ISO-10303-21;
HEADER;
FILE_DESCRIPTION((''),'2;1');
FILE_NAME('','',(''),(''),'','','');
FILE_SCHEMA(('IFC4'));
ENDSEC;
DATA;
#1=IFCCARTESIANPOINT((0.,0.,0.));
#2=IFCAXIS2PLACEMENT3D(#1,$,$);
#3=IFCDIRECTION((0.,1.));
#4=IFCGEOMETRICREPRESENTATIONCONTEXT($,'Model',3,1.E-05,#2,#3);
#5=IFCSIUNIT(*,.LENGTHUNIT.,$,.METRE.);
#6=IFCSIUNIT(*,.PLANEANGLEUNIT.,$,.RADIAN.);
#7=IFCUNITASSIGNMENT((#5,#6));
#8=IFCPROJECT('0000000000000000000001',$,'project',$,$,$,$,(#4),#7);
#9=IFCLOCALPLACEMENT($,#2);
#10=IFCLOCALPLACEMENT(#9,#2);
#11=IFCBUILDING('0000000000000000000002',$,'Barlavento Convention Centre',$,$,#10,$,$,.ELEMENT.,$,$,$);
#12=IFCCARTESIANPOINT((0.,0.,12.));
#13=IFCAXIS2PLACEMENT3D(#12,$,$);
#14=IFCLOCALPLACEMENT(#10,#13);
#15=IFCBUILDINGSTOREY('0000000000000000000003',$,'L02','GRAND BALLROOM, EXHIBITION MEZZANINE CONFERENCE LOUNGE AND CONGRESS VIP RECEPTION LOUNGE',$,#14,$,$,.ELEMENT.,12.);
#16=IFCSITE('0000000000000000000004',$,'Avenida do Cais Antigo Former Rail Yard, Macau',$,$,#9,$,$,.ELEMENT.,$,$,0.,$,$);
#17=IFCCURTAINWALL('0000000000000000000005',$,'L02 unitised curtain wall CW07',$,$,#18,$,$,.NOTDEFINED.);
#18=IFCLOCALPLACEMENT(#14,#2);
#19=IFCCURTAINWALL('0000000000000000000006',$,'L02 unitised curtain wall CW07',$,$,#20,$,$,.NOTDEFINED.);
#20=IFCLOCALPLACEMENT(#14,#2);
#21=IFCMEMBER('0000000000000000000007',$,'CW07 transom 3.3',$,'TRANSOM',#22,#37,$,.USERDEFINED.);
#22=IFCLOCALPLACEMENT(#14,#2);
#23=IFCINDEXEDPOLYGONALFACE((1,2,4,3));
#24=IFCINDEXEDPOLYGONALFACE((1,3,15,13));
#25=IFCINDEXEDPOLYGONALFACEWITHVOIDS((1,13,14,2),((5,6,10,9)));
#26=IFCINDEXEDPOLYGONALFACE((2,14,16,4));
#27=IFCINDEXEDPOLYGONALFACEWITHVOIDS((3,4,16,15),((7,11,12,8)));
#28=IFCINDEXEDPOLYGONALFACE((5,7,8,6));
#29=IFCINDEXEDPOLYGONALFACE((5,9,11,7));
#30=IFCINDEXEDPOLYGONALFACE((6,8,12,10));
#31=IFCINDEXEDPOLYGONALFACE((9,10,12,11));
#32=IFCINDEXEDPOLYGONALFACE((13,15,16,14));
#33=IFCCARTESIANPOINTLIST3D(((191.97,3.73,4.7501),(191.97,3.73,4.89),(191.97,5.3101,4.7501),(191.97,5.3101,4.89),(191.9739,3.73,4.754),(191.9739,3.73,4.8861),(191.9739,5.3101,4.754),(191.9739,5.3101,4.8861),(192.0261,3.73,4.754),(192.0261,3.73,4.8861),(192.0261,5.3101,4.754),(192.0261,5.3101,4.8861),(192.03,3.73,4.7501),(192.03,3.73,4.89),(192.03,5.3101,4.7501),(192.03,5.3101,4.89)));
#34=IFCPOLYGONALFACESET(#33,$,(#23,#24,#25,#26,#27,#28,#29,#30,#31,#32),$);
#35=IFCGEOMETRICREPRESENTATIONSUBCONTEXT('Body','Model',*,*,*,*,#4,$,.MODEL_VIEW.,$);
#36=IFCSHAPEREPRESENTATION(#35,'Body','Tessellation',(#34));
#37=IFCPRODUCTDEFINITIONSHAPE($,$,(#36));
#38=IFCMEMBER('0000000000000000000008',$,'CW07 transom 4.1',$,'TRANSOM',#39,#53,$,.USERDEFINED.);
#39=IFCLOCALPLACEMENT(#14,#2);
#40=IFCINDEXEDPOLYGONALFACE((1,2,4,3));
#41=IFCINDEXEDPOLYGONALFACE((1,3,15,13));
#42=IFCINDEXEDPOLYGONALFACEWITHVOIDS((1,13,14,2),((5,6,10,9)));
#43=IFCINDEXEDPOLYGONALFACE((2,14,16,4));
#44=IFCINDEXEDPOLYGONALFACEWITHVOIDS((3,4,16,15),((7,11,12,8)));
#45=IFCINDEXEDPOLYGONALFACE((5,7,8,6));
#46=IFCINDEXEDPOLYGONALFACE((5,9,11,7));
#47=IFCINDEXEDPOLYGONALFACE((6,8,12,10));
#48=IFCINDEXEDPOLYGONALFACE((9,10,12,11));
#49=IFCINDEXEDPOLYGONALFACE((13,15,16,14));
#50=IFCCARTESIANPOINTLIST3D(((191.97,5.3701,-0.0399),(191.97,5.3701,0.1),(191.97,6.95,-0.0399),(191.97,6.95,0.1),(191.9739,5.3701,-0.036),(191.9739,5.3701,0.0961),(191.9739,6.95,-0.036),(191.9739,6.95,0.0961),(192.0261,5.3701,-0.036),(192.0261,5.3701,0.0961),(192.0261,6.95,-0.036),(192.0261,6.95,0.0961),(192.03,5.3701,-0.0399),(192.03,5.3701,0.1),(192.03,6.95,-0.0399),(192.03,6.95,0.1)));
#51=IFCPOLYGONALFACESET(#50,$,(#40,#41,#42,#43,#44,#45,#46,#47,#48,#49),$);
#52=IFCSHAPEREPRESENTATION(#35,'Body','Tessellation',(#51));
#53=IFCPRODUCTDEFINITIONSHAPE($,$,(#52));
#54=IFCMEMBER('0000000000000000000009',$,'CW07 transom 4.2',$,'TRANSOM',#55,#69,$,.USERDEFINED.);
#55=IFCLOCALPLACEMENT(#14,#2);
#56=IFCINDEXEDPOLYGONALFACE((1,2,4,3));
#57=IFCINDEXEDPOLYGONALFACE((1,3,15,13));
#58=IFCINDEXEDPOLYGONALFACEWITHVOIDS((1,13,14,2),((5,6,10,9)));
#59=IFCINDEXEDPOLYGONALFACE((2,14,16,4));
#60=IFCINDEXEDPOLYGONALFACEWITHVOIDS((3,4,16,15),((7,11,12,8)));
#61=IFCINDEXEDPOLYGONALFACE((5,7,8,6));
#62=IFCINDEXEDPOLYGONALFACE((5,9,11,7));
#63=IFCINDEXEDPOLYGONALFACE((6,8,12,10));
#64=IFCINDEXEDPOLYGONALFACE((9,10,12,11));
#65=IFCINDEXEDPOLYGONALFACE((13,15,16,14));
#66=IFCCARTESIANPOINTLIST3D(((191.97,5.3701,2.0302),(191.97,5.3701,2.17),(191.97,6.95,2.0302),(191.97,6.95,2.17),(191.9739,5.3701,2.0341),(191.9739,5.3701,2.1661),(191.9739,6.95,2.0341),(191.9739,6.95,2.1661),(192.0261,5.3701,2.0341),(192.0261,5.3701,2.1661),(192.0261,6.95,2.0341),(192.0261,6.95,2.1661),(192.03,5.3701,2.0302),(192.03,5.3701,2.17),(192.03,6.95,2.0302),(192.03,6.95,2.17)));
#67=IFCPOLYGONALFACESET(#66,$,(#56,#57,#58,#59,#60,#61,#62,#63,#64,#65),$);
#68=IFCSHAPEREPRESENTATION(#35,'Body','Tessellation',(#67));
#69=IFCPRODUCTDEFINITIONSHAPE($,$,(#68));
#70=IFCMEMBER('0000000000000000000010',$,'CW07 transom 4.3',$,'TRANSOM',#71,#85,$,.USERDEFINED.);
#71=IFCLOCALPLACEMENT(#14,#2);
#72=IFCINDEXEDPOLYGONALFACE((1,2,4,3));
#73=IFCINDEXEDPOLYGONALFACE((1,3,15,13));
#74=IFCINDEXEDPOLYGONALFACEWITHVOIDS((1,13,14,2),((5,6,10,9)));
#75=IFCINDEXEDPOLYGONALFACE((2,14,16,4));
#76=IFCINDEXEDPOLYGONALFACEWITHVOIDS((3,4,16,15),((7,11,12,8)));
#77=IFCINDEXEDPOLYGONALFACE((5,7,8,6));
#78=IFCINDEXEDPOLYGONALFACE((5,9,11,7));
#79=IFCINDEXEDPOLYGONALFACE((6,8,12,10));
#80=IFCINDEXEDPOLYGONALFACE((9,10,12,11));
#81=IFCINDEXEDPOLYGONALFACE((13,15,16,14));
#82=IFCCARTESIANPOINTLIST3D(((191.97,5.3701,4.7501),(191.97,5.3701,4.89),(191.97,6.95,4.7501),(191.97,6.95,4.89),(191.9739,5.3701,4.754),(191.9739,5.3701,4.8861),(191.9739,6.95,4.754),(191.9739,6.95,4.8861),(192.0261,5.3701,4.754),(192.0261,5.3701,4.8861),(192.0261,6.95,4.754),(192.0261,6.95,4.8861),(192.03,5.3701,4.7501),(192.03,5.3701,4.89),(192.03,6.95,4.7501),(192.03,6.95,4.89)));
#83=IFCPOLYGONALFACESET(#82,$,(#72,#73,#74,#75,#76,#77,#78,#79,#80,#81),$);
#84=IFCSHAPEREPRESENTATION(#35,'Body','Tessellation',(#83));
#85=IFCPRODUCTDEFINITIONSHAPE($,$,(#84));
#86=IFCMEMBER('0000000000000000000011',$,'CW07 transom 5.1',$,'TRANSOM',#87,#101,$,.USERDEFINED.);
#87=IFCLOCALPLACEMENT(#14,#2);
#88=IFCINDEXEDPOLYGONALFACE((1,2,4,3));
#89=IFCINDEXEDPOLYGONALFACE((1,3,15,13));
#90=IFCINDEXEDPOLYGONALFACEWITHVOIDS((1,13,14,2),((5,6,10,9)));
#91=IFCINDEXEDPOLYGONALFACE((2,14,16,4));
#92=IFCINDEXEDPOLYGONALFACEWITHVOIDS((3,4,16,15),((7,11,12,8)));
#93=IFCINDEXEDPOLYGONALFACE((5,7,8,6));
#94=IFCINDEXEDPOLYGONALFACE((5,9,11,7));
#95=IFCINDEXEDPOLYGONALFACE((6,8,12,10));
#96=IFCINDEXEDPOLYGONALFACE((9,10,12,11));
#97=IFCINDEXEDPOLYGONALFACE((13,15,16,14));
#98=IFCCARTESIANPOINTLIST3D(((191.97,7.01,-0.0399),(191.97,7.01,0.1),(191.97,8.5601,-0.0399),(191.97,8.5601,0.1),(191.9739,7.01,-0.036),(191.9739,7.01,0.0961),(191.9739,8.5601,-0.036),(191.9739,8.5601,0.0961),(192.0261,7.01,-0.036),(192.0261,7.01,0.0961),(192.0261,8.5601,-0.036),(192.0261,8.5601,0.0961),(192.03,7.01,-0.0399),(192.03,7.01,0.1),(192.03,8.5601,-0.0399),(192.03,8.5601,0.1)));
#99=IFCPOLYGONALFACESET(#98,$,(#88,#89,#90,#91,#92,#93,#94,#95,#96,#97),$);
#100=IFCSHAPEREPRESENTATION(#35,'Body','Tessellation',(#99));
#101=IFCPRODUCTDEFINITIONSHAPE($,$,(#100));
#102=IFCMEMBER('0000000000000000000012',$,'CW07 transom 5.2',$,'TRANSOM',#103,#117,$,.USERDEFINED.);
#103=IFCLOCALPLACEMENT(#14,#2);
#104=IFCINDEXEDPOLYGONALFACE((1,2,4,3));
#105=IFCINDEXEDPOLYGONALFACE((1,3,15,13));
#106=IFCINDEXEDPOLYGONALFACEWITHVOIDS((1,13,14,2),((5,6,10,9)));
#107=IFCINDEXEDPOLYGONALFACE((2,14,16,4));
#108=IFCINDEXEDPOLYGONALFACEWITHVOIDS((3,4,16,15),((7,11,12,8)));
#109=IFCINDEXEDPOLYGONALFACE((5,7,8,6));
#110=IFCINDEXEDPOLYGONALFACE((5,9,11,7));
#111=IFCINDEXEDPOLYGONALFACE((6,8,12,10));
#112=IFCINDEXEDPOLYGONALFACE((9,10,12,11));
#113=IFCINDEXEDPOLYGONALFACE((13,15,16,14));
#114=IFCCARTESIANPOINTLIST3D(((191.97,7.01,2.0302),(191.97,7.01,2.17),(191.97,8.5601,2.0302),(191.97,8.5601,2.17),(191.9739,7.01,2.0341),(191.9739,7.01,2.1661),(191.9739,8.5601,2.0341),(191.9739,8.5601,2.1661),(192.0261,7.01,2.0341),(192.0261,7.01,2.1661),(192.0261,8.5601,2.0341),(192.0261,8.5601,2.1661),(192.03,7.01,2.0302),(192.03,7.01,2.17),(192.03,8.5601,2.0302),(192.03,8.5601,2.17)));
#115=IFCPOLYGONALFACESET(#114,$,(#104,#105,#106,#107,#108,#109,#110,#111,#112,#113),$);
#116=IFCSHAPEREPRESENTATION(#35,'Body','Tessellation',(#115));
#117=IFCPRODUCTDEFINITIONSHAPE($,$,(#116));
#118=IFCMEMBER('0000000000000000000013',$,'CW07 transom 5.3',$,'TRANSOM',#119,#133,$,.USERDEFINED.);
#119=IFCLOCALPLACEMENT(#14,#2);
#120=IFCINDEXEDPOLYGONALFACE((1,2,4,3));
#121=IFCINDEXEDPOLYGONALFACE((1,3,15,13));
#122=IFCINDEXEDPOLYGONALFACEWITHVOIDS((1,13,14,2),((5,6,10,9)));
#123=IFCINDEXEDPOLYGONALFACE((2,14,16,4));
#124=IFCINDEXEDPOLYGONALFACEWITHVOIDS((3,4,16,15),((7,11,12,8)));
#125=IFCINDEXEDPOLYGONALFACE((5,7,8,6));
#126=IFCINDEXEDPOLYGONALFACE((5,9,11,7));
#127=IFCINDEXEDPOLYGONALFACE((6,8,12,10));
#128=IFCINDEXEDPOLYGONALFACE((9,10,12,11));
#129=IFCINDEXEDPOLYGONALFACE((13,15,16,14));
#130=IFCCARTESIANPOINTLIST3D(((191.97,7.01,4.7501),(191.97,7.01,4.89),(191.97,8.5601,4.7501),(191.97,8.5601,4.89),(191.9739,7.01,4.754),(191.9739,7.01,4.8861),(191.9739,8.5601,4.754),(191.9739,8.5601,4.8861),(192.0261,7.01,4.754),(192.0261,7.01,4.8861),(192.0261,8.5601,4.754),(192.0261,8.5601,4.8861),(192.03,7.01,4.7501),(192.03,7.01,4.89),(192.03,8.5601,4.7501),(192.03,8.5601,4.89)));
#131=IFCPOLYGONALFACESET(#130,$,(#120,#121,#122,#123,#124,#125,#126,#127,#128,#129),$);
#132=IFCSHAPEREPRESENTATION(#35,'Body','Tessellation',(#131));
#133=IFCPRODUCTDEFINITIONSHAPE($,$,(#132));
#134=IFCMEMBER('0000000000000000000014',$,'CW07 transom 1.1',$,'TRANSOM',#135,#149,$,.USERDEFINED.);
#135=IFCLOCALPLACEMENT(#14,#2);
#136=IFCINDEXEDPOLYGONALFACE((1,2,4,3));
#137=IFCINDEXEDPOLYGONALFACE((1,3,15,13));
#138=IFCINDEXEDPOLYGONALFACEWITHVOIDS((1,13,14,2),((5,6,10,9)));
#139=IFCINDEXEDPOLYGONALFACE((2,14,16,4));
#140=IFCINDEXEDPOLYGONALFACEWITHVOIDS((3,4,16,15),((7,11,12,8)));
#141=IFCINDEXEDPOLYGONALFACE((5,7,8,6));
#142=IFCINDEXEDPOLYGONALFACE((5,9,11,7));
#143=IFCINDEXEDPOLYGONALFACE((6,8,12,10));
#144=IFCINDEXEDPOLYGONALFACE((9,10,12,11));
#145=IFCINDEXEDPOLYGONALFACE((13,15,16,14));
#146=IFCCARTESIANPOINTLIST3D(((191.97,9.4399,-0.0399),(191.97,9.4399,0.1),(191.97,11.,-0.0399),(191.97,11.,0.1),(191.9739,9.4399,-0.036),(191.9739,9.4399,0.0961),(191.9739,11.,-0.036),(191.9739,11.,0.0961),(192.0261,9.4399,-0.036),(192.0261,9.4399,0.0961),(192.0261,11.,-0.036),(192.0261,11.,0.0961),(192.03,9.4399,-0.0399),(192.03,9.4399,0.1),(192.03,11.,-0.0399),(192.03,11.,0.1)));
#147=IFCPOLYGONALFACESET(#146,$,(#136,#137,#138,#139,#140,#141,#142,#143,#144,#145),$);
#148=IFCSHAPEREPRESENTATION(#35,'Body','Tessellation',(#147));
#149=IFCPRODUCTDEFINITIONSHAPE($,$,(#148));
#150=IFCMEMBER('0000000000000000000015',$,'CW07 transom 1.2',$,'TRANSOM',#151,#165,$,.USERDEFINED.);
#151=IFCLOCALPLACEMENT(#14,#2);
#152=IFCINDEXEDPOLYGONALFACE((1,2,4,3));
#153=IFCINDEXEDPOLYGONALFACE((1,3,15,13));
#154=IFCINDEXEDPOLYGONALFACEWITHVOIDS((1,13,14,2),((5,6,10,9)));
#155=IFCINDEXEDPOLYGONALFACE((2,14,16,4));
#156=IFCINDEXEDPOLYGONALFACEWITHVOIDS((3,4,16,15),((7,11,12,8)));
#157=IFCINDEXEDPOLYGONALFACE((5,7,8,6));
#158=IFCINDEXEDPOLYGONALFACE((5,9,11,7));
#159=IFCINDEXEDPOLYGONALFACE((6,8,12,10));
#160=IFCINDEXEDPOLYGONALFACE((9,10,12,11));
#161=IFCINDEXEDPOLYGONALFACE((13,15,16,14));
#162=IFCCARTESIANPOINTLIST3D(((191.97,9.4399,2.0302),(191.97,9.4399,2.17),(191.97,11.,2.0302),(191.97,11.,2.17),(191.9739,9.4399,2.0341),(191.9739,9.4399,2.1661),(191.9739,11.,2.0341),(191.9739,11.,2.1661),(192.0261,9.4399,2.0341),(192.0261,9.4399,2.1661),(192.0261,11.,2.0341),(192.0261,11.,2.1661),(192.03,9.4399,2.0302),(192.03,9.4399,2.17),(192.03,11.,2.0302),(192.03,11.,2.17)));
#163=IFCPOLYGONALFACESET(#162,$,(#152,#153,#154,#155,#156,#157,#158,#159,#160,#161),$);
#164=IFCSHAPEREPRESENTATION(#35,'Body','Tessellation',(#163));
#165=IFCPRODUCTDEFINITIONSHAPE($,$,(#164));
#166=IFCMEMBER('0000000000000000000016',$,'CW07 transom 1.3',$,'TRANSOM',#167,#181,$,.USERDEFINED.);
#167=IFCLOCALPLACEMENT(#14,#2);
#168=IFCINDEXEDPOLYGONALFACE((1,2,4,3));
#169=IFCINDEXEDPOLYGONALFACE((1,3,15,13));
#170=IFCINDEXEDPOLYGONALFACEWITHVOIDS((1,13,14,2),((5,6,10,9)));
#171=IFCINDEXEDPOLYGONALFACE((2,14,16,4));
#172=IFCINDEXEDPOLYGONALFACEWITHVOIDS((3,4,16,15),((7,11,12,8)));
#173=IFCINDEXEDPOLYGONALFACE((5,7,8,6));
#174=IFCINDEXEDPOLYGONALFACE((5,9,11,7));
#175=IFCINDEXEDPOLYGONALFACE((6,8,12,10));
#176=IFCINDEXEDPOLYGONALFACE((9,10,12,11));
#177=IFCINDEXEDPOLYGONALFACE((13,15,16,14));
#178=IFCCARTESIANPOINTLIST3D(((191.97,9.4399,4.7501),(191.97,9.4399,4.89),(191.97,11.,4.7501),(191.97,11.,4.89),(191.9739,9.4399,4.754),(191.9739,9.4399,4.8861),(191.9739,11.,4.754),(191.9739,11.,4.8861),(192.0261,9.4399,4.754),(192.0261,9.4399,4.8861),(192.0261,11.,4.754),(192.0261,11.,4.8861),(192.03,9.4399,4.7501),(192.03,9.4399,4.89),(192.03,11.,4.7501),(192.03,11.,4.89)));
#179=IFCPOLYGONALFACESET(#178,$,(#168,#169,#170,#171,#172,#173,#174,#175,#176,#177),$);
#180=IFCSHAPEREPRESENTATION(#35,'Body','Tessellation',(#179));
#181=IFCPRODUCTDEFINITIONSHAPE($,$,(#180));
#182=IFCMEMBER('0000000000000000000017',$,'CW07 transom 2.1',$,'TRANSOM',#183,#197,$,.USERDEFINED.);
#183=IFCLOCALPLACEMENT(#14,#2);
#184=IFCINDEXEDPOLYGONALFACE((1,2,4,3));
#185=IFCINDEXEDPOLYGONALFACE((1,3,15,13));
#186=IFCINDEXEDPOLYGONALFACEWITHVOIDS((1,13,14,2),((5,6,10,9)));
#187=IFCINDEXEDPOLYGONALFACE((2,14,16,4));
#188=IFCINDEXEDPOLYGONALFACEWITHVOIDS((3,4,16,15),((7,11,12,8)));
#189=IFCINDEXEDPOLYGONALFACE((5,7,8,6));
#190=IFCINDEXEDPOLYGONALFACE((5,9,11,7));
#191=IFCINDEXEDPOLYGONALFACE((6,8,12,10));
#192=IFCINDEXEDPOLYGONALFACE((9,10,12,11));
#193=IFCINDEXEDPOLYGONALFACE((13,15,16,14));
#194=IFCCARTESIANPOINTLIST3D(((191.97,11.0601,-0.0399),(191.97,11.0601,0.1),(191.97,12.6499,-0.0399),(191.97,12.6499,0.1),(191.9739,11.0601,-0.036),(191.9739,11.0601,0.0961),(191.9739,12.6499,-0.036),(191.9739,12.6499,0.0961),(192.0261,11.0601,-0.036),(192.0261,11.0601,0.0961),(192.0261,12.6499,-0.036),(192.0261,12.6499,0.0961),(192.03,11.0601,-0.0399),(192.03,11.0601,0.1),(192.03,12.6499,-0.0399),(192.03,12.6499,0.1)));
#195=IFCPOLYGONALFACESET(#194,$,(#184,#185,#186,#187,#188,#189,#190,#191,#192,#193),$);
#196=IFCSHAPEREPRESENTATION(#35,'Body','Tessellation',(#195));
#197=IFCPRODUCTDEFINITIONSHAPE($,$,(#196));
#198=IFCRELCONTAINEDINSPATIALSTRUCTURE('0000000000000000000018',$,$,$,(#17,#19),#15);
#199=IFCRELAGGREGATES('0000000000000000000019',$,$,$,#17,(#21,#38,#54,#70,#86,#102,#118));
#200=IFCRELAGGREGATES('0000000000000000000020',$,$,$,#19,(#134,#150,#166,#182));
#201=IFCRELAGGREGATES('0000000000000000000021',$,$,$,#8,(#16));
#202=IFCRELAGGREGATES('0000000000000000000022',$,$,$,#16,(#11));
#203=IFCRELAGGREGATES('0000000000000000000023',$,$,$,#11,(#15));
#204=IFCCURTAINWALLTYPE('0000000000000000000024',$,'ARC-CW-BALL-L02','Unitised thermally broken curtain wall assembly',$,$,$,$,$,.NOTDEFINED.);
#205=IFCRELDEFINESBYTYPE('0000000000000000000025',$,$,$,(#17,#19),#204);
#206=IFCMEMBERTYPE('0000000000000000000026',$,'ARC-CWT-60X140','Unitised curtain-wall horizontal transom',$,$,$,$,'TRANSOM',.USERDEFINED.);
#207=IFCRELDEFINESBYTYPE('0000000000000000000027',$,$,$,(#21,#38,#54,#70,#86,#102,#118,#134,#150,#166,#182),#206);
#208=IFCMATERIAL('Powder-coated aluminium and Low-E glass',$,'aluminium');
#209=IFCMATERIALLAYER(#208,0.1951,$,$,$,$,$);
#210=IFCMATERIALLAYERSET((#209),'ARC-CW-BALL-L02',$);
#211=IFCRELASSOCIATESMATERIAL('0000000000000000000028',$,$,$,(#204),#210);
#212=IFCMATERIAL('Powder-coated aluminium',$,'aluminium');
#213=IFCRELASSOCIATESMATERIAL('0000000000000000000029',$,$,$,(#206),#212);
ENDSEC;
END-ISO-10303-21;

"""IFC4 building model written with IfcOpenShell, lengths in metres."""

from ifc_helpers import new_model, si_unit, direction, frame, origin, origin_2d, place, context, subcontext, project, spatial, hollow_rectangle, extrude, material, layer, layer_set, material_profile, profile_set, type_object, element, aggregate, save


model = new_model("IFC4")

# Units and contexts
model_context = context("Model", 3, precision=1e-05, world=origin(), true_north=direction((0.0, 1.0)))
body_context = subcontext(model_context, "Body", "Model", "MODEL_VIEW")
ifc_project = project(units=[si_unit("LENGTHUNIT", "METRE"), si_unit("PLANEANGLEUNIT", "RADIAN")], contexts=[model_context])

# Site, building, storey
site_placement = place(None, origin())
site = spatial("IfcSite", under=ifc_project, at=site_placement, Name="Avenida do Cais Antigo Former Rail Yard, Macau", CompositionType="ELEMENT", RefElevation=0.0)
building_placement = place(site_placement, origin())
building = spatial("IfcBuilding", under=site, at=building_placement, Name="Barlavento Convention Centre", CompositionType="ELEMENT")
storey_placement = place(building_placement, frame((0.0, 0.0, 12.0)))
storey = spatial("IfcBuildingStorey", under=building, at=storey_placement, Name="L02", Description="GRAND BALLROOM, EXHIBITION MEZZANINE CONFERENCE LOUNGE AND CONGRESS VIP RECEPTION LOUNGE", CompositionType="ELEMENT", Elevation=12.0)

# Curtain walls
ifc_material_1 = material(Name="Powder-coated aluminium and Low-E glass", Category="aluminium")
ifc_layer_1 = layer(ifc_material_1, 0.1951)
ifc_layer_set_1 = layer_set([ifc_layer_1], Name="ARC-CW-BALL-L02")
curtain_wall_type = type_object("IfcCurtainWallType", Name="ARC-CW-BALL-L02", Description="Unitised thermally broken curtain wall assembly", PredefinedType="NOTDEFINED", material=ifc_layer_set_1)
curtain_wall_1_placement = place(storey_placement, origin())
curtain_wall_1 = element("IfcCurtainWall", 1, at=curtain_wall_1_placement, inside=storey, type_object=curtain_wall_type, Name="L02 unitised curtain wall CW07", PredefinedType="NOTDEFINED")
ifc_material_2 = material(Name="Powder-coated aluminium", Category="aluminium")
curtain_wall_2_placement = place(storey_placement, origin())
curtain_wall_2 = element("IfcCurtainWall", 2, at=curtain_wall_2_placement, inside=storey, type_object=curtain_wall_type, Name="L02 unitised curtain wall CW07", PredefinedType="NOTDEFINED")

# Members
ifc_material_profile_1 = material_profile(ifc_material_2, hollow_rectangle(XDim=0.0601, YDim=0.1399, WallThickness=0.0039, at=origin_2d()), Name="AL-TRAN 60x140x4")
ifc_profile_set_1 = profile_set([ifc_material_profile_1], Name="Powder-coated aluminium")
member_type_1 = type_object("IfcMemberType", Name="ARC-CWT-60X140", Description="Unitised curtain-wall horizontal transom", ElementType="TRANSOM", PredefinedType="USERDEFINED", material=ifc_profile_set_1)
member_1_placement = place(storey_placement, frame((192.0, 3.73, 4.8201), z_axis=(0.0, 1.0, 0.0), x_axis=(-1.0, 0.0, 0.0)))
member_1 = element("IfcMember", 3, at=member_1_placement, type_object=member_type_1, Name="CW07 transom 3.3", ObjectType="TRANSOM", PredefinedType="USERDEFINED", context=body_context, shape_type="SweptSolid", body=[
    extrude(hollow_rectangle(XDim=0.0601, YDim=0.1399, WallThickness=0.0039, at=origin_2d()), origin(), (0.0, 0.0, 1.0), 1.5801),
])
member_2_placement = place(storey_placement, frame((192.0, 5.3701, 0.03), z_axis=(0.0, 1.0, 0.0), x_axis=(-1.0, 0.0, 0.0)))
member_2 = element("IfcMember", 4, at=member_2_placement, type_object=member_type_1, Name="CW07 transom 4.1", ObjectType="TRANSOM", PredefinedType="USERDEFINED", context=body_context, shape_type="SweptSolid", body=[
    extrude(hollow_rectangle(XDim=0.0601, YDim=0.1399, WallThickness=0.0039, at=origin_2d()), origin(), (0.0, 0.0, 1.0), 1.5798),
])
member_3_placement = place(storey_placement, frame((192.0, 5.3701, 2.1001), z_axis=(0.0, 1.0, 0.0), x_axis=(-1.0, 0.0, 0.0)))
member_3 = element("IfcMember", 5, at=member_3_placement, type_object=member_type_1, Name="CW07 transom 4.2", ObjectType="TRANSOM", PredefinedType="USERDEFINED", context=body_context, shape_type="SweptSolid", body=[
    extrude(hollow_rectangle(XDim=0.0601, YDim=0.1399, WallThickness=0.0039, at=origin_2d()), origin(), (0.0, 0.0, 1.0), 1.5798),
])
member_4_placement = place(storey_placement, frame((192.0, 5.3701, 4.8201), z_axis=(0.0, 1.0, 0.0), x_axis=(-1.0, 0.0, 0.0)))
member_4 = element("IfcMember", 6, at=member_4_placement, type_object=member_type_1, Name="CW07 transom 4.3", ObjectType="TRANSOM", PredefinedType="USERDEFINED", context=body_context, shape_type="SweptSolid", body=[
    extrude(hollow_rectangle(XDim=0.0601, YDim=0.1399, WallThickness=0.0039, at=origin_2d()), origin(), (0.0, 0.0, 1.0), 1.5798),
])
member_5_placement = place(storey_placement, frame((192.0, 7.01, 0.03), z_axis=(0.0, 1.0, 0.0), x_axis=(-1.0, 0.0, 0.0)))
member_5 = element("IfcMember", 7, at=member_5_placement, type_object=member_type_1, Name="CW07 transom 5.1", ObjectType="TRANSOM", PredefinedType="USERDEFINED", context=body_context, shape_type="SweptSolid", body=[
    extrude(hollow_rectangle(XDim=0.0601, YDim=0.1399, WallThickness=0.0039, at=origin_2d()), origin(), (0.0, 0.0, 1.0), 1.55),
])
member_6_placement = place(storey_placement, frame((192.0, 7.01, 2.1001), z_axis=(0.0, 1.0, 0.0), x_axis=(-1.0, 0.0, 0.0)))
member_6 = element("IfcMember", 8, at=member_6_placement, type_object=member_type_1, Name="CW07 transom 5.2", ObjectType="TRANSOM", PredefinedType="USERDEFINED", context=body_context, shape_type="SweptSolid", body=[
    extrude(hollow_rectangle(XDim=0.0601, YDim=0.1399, WallThickness=0.0039, at=origin_2d()), origin(), (0.0, 0.0, 1.0), 1.55),
])
member_7_placement = place(storey_placement, frame((192.0, 7.01, 4.8201), z_axis=(0.0, 1.0, 0.0), x_axis=(-1.0, 0.0, 0.0)))
member_7 = element("IfcMember", 9, at=member_7_placement, type_object=member_type_1, Name="CW07 transom 5.3", ObjectType="TRANSOM", PredefinedType="USERDEFINED", context=body_context, shape_type="SweptSolid", body=[
    extrude(hollow_rectangle(XDim=0.0601, YDim=0.1399, WallThickness=0.0039, at=origin_2d()), origin(), (0.0, 0.0, 1.0), 1.55),
])
member_8_placement = place(storey_placement, frame((192.0, 9.4399, 0.03), z_axis=(0.0, 1.0, 0.0), x_axis=(-1.0, 0.0, 0.0)))
member_8 = element("IfcMember", 10, at=member_8_placement, type_object=member_type_1, Name="CW07 transom 1.1", ObjectType="TRANSOM", PredefinedType="USERDEFINED", context=body_context, shape_type="SweptSolid", body=[
    extrude(hollow_rectangle(XDim=0.0601, YDim=0.1399, WallThickness=0.0039, at=origin_2d()), origin(), (0.0, 0.0, 1.0), 1.5601),
])
member_9_placement = place(storey_placement, frame((192.0, 9.4399, 2.1001), z_axis=(0.0, 1.0, 0.0), x_axis=(-1.0, 0.0, 0.0)))
member_9 = element("IfcMember", 11, at=member_9_placement, type_object=member_type_1, Name="CW07 transom 1.2", ObjectType="TRANSOM", PredefinedType="USERDEFINED", context=body_context, shape_type="SweptSolid", body=[
    extrude(hollow_rectangle(XDim=0.0601, YDim=0.1399, WallThickness=0.0039, at=origin_2d()), origin(), (0.0, 0.0, 1.0), 1.5601),
])
member_10_placement = place(storey_placement, frame((192.0, 9.4399, 4.8201), z_axis=(0.0, 1.0, 0.0), x_axis=(-1.0, 0.0, 0.0)))
member_10 = element("IfcMember", 12, at=member_10_placement, type_object=member_type_1, Name="CW07 transom 1.3", ObjectType="TRANSOM", PredefinedType="USERDEFINED", context=body_context, shape_type="SweptSolid", body=[
    extrude(hollow_rectangle(XDim=0.0601, YDim=0.1399, WallThickness=0.0039, at=origin_2d()), origin(), (0.0, 0.0, 1.0), 1.5601),
])
member_11_placement = place(storey_placement, frame((192.0, 11.0601, 0.03), z_axis=(0.0, 1.0, 0.0), x_axis=(-1.0, 0.0, 0.0)))
member_11 = element("IfcMember", 13, at=member_11_placement, type_object=member_type_1, Name="CW07 transom 2.1", ObjectType="TRANSOM", PredefinedType="USERDEFINED", context=body_context, shape_type="SweptSolid", body=[
    extrude(hollow_rectangle(XDim=0.0601, YDim=0.1399, WallThickness=0.0039, at=origin_2d()), origin(), (0.0, 0.0, 1.0), 1.5898),
])

aggregate(curtain_wall_1, [member_1, member_2, member_3, member_4, member_5, member_6, member_7])
aggregate(curtain_wall_2, [member_8, member_9, member_10, member_11])

save(model, "model.ifc")
